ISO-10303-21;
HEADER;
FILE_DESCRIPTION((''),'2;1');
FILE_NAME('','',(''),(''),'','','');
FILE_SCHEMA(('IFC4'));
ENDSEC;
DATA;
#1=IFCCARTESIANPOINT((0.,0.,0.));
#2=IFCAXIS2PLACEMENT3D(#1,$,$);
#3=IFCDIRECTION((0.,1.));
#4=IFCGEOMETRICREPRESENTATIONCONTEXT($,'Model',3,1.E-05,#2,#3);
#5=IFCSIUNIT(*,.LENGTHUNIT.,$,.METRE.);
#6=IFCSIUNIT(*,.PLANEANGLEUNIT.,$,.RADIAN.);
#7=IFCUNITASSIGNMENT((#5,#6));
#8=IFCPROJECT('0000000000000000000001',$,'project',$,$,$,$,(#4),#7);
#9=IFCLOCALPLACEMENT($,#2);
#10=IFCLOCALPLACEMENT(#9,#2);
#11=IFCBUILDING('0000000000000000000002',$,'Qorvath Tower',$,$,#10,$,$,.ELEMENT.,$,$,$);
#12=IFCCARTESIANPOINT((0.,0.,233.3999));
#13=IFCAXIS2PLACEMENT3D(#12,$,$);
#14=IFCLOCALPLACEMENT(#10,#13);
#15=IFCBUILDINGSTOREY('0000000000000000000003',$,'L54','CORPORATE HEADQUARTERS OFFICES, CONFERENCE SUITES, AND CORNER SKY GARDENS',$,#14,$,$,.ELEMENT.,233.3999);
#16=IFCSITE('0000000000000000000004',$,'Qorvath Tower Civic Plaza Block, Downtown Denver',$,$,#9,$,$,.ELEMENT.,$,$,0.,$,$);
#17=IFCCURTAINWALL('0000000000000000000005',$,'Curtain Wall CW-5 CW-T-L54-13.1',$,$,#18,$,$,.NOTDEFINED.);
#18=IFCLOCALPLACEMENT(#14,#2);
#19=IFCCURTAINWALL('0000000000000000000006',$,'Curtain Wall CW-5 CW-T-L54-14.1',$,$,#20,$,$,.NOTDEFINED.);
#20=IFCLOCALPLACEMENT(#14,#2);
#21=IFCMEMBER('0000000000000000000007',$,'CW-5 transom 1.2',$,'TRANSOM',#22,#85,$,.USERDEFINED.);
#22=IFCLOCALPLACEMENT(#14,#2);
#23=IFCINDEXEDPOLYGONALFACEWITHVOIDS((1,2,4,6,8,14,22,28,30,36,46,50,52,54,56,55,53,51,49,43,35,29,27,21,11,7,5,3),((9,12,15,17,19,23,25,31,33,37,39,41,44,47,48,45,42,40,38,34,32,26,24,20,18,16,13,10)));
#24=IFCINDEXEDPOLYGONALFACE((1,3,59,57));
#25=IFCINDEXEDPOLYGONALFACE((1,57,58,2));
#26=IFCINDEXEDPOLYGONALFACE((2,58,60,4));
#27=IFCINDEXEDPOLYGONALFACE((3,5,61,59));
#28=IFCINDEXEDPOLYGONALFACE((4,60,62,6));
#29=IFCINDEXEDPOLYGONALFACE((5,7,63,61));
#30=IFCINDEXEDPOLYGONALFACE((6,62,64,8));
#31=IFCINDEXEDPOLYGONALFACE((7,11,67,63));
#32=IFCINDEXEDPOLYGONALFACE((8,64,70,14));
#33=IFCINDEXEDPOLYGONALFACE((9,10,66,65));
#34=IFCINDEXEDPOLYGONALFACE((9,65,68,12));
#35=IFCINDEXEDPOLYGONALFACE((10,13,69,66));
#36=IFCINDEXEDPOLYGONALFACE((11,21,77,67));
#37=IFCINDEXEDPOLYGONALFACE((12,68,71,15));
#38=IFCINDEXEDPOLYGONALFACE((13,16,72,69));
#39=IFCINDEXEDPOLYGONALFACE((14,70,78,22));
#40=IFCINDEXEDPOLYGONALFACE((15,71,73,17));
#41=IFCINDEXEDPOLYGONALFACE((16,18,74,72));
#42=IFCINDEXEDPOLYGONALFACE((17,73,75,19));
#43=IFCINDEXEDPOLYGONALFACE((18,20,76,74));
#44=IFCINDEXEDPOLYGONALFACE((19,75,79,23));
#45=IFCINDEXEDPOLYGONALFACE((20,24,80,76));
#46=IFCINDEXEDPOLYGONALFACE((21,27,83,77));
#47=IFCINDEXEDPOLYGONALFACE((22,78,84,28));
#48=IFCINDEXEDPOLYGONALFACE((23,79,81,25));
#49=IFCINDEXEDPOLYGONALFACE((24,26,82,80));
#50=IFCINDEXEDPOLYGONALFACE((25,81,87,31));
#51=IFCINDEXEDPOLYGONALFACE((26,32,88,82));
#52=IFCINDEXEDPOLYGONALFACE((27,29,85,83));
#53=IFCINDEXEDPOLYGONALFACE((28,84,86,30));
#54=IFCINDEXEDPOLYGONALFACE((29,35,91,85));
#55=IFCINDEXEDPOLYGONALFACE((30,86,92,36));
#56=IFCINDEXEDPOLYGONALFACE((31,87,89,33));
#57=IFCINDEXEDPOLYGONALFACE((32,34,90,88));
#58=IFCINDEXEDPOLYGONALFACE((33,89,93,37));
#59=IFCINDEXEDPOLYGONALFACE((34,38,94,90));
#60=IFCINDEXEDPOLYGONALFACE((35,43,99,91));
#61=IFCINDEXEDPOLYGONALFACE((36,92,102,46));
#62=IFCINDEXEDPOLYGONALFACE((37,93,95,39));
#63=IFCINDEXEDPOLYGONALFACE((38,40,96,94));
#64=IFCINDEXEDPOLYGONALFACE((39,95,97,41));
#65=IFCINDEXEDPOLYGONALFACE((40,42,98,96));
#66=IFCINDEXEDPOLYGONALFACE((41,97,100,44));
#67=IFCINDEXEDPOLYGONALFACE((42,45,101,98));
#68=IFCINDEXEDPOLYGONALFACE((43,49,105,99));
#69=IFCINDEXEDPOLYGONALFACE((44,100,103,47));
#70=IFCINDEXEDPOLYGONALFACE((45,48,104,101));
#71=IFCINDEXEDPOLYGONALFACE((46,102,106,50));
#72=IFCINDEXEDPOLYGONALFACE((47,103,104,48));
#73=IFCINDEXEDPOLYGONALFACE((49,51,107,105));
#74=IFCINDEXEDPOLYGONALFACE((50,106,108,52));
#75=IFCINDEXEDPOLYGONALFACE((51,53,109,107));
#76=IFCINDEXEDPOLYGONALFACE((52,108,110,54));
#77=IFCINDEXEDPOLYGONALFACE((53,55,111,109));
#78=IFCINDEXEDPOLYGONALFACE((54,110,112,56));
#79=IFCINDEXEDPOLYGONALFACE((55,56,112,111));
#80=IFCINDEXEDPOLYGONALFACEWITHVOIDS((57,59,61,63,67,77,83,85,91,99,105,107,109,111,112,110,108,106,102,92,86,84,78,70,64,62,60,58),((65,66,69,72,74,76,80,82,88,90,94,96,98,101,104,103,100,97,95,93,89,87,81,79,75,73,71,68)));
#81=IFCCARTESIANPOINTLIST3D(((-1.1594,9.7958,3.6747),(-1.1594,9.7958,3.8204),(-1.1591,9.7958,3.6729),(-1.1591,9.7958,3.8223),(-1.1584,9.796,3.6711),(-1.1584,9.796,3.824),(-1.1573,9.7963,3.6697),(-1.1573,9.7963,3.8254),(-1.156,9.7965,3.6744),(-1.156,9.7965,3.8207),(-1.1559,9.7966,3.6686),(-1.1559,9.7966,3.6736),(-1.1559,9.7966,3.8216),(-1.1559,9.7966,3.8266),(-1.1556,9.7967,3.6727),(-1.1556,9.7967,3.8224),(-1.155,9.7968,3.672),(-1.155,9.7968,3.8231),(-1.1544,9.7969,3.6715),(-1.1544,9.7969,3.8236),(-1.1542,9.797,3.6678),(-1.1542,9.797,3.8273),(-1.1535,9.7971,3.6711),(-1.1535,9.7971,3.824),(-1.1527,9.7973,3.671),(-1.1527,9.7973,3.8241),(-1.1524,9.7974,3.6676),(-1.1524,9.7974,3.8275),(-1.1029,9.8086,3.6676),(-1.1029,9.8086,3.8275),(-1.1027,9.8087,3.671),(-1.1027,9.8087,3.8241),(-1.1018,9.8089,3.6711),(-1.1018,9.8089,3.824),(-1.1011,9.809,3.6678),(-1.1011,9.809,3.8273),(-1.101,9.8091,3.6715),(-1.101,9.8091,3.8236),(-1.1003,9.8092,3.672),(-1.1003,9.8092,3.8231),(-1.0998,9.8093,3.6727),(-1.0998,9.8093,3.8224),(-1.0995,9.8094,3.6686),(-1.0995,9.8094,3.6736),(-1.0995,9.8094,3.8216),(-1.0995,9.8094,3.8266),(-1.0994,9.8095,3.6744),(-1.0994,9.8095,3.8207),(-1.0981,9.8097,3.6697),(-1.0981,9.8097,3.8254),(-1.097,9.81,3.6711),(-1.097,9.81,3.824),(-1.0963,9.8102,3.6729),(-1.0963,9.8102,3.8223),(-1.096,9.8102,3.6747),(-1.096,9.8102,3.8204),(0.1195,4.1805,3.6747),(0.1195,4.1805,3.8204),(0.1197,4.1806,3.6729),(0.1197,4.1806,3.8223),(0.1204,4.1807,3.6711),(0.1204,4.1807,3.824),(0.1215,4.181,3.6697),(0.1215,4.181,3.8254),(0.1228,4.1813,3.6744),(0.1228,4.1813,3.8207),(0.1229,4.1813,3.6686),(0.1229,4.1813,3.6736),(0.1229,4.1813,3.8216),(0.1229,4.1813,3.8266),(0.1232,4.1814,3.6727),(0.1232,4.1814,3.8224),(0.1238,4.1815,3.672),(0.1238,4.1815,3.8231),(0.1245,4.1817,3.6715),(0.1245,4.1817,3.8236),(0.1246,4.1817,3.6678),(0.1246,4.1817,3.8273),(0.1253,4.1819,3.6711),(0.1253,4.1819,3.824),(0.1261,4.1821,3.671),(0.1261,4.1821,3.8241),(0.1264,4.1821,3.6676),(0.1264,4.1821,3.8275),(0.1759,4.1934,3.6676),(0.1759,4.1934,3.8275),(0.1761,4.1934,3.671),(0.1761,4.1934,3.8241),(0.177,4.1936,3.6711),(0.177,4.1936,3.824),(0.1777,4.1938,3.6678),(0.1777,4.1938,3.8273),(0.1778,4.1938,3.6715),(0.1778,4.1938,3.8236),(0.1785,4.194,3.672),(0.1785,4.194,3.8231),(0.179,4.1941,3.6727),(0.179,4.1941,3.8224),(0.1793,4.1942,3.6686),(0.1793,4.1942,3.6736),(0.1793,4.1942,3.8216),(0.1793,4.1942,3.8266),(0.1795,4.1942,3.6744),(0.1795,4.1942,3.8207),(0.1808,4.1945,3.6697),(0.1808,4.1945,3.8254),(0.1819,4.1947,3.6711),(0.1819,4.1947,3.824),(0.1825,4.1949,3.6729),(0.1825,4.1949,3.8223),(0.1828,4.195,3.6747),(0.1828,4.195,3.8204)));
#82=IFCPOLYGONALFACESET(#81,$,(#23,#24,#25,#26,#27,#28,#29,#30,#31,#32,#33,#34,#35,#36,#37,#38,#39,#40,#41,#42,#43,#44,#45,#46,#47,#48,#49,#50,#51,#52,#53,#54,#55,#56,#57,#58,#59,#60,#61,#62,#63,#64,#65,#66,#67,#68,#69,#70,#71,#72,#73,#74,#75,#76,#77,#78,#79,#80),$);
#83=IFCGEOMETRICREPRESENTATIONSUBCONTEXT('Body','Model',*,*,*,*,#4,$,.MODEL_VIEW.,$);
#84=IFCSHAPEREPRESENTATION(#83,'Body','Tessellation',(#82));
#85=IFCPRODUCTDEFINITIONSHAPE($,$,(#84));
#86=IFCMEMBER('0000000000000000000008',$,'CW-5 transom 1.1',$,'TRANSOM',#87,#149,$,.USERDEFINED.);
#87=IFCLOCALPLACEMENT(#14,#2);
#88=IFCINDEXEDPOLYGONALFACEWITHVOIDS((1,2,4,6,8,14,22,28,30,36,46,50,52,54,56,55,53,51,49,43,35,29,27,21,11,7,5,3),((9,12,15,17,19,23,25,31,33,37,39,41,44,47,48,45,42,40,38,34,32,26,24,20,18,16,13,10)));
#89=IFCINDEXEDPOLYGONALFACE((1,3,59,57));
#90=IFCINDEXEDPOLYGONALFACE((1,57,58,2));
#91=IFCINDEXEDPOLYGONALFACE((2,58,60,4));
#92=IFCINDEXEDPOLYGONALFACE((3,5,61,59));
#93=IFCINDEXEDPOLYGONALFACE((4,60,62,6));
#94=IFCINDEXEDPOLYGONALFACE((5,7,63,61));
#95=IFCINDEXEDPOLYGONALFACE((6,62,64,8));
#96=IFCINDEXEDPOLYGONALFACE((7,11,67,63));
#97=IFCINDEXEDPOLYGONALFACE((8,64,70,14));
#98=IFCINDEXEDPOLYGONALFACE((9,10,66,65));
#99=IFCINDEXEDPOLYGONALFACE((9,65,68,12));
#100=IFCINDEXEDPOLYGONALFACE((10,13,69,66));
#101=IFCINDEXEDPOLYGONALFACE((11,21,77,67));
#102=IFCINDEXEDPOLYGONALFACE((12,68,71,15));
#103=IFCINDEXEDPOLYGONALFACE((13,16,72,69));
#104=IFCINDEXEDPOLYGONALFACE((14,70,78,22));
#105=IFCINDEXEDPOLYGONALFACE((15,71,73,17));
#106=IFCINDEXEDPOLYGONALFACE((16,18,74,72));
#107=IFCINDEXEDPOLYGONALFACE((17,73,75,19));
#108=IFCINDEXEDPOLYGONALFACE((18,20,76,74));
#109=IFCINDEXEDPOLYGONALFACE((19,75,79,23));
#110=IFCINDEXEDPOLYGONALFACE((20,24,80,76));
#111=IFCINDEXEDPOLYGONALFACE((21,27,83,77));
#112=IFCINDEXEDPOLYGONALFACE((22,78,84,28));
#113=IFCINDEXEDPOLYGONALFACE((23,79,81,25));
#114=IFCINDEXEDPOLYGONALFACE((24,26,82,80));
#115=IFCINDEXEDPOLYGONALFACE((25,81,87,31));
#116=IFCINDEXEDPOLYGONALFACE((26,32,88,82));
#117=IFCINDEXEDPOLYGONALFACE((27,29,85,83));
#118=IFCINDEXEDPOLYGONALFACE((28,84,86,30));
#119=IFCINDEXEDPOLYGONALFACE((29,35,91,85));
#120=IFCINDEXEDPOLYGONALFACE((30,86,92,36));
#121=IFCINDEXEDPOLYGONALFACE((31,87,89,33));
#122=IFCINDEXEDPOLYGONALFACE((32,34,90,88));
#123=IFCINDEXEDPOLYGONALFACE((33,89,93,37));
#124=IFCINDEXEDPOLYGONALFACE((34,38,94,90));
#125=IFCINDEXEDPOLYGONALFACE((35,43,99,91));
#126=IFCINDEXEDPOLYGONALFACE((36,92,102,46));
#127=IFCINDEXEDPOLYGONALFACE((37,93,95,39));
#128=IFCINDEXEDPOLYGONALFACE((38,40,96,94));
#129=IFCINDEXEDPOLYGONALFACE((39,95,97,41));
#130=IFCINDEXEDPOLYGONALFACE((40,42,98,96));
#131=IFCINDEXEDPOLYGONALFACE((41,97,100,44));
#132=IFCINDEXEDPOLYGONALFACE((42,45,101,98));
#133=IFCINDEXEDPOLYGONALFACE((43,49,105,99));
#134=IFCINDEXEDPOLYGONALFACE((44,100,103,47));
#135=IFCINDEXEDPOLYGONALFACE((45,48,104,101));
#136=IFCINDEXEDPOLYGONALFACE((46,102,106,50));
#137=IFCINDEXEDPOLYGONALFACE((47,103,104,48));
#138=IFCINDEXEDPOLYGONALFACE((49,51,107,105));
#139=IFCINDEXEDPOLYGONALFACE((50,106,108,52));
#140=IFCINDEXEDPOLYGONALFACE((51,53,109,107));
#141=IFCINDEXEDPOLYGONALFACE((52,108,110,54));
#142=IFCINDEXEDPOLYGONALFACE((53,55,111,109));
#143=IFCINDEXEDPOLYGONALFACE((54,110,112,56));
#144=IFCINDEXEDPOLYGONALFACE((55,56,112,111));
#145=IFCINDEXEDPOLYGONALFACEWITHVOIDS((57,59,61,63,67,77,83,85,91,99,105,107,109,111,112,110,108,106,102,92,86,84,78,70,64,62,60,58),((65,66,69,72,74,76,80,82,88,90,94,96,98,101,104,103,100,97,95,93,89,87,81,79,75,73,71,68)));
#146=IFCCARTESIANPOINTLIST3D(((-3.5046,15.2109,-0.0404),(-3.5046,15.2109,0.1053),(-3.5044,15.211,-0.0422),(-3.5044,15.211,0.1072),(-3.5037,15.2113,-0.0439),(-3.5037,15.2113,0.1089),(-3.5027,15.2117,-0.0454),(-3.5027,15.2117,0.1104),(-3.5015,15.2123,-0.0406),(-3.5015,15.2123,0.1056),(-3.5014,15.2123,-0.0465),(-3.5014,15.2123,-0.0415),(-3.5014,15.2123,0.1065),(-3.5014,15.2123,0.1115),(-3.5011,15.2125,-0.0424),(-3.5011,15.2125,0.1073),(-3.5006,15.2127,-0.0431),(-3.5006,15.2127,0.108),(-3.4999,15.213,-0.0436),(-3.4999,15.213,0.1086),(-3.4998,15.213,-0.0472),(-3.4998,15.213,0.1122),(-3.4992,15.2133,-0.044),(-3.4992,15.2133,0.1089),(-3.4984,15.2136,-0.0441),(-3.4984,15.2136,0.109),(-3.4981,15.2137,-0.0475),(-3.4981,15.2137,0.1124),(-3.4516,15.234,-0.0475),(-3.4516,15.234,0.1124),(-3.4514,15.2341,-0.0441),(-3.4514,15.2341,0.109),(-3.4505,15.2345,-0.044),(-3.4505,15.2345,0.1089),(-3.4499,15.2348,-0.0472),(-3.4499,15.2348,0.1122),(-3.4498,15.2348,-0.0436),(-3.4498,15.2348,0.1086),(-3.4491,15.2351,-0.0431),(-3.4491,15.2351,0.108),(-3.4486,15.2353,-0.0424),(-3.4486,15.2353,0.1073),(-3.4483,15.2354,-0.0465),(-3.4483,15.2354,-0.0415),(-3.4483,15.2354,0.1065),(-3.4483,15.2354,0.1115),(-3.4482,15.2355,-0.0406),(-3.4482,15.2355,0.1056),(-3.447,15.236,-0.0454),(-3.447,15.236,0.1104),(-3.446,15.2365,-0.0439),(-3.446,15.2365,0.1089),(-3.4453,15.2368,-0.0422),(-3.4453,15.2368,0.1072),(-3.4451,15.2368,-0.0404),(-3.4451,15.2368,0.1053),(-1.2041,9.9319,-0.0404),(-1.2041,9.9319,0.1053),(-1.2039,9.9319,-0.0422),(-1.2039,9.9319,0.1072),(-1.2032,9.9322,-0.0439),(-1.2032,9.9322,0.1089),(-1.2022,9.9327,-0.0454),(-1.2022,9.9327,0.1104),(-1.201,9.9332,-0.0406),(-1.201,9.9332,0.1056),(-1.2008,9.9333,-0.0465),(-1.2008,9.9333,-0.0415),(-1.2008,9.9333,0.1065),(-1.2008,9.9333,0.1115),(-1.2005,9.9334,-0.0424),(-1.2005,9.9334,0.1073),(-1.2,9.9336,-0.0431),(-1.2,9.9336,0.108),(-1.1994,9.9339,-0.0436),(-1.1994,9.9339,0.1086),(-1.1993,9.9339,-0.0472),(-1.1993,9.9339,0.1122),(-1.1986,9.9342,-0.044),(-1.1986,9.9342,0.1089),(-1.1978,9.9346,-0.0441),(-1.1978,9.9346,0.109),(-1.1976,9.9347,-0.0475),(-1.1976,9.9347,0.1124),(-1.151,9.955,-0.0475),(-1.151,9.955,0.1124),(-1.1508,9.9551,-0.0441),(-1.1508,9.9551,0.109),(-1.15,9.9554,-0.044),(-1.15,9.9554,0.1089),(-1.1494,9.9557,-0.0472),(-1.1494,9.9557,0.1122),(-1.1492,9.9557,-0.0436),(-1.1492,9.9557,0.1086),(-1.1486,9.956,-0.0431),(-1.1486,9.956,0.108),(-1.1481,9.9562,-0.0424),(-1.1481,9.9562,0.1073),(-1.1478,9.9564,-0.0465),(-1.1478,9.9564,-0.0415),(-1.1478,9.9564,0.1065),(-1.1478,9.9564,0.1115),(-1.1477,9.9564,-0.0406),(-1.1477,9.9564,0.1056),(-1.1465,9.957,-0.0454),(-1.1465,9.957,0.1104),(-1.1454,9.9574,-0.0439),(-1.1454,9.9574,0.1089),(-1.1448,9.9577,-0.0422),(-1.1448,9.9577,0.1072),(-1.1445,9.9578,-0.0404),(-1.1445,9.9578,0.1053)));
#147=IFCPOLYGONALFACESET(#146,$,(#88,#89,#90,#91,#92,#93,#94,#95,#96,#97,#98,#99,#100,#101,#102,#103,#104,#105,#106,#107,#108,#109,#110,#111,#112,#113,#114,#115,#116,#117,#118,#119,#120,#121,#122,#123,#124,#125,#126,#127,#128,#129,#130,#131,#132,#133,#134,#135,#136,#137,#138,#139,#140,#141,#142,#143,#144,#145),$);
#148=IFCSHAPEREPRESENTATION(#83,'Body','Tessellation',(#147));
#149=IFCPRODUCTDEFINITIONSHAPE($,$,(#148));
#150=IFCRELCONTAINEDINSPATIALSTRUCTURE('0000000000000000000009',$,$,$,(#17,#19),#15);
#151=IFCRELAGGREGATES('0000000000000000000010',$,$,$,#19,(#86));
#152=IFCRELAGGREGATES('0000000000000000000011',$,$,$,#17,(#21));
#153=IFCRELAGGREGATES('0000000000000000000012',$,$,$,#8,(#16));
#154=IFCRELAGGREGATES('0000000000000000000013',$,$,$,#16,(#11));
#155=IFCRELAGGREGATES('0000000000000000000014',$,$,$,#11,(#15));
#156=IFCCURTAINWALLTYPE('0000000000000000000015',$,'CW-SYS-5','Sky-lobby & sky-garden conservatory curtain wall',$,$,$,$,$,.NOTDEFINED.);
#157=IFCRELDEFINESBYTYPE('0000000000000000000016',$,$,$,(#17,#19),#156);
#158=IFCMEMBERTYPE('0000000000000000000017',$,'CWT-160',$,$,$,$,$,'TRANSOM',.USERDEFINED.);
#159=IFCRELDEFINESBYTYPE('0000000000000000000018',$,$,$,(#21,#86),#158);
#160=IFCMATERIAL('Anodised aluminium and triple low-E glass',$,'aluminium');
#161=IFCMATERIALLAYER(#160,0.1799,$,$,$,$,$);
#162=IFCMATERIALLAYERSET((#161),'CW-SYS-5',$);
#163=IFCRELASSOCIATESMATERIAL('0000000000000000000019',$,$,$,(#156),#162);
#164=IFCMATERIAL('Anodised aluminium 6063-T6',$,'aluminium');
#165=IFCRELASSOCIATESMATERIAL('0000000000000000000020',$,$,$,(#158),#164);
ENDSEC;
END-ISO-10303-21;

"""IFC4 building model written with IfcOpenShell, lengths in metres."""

from ifc_helpers import new_model, si_unit, direction, frame, origin, origin_2d, place, context, subcontext, project, spatial, hollow_rectangle, extrude, material, layer, layer_set, material_profile, profile_set, type_object, element, aggregate, save


model = new_model("IFC4")

# Units and contexts
model_context = context("Model", 3, precision=1e-05, world=origin(), true_north=direction((0.0, 1.0)))
body_context = subcontext(model_context, "Body", "Model", "MODEL_VIEW")
ifc_project = project(units=[si_unit("LENGTHUNIT", "METRE"), si_unit("PLANEANGLEUNIT", "RADIAN")], contexts=[model_context])

# Site, building, storey
site_placement = place(None, origin())
site = spatial("IfcSite", under=ifc_project, at=site_placement, Name="Qorvath Tower Civic Plaza Block, Downtown Denver", CompositionType="ELEMENT", RefElevation=0.0)
building_placement = place(site_placement, origin())
building = spatial("IfcBuilding", under=site, at=building_placement, Name="Qorvath Tower", CompositionType="ELEMENT")
storey_placement = place(building_placement, frame((0.0, 0.0, 233.3999)))
storey = spatial("IfcBuildingStorey", under=building, at=storey_placement, Name="L54", Description="CORPORATE HEADQUARTERS OFFICES, CONFERENCE SUITES, AND CORNER SKY GARDENS", CompositionType="ELEMENT", Elevation=233.3999)

# Shared definitions
ifc_material_1 = material(Name="Anodised aluminium and triple low-E glass", Category="aluminium")
ifc_layer_1 = layer(ifc_material_1, 0.1799)
ifc_layer_set_1 = layer_set([ifc_layer_1], Name="CW-SYS-5")
curtain_wall_type = type_object("IfcCurtainWallType", Name="CW-SYS-5", Description="Sky-lobby & sky-garden conservatory curtain wall", PredefinedType="NOTDEFINED", material=ifc_layer_set_1)

# Curtain wall
curtain_wall_1_placement = place(storey_placement, origin())
curtain_wall_1 = element("IfcCurtainWall", 1, at=curtain_wall_1_placement, inside=storey, type_object=curtain_wall_type, Name="Curtain Wall CW-5 CW-T-L54-13.1", PredefinedType="NOTDEFINED")

# Curtain wall
curtain_wall_2_placement = place(storey_placement, origin())
curtain_wall_2 = element("IfcCurtainWall", 2, at=curtain_wall_2_placement, inside=storey, type_object=curtain_wall_type, Name="Curtain Wall CW-5 CW-T-L54-14.1", PredefinedType="NOTDEFINED")

# Members
ifc_material_2 = material(Name="Anodised aluminium 6063-T6", Category="aluminium")
ifc_material_profile_1 = material_profile(ifc_material_2, hollow_rectangle(XDim=0.0649, YDim=0.1599, WallThickness=0.0034, InnerFilletRadius=0.0034, OuterFilletRadius=0.0071, at=origin_2d()), Name="CWT 160x65")
ifc_profile_set_1 = profile_set([ifc_material_profile_1], Name="Anodised aluminium 6063-T6")
member_type_1 = type_object("IfcMemberType", Name="CWT-160", ElementType="TRANSOM", PredefinedType="USERDEFINED", material=ifc_profile_set_1)
member_1_placement = place(storey_placement, frame((0.1511, 4.1877, 3.7476), z_axis=(-0.222054, 0.975034, 0.0), x_axis=(-0.975034, -0.222054, 0.0)))
member_1 = element("IfcMember", 3, at=member_1_placement, type_object=member_type_1, Name="CW-5 transom 1.2", ObjectType="TRANSOM", PredefinedType="USERDEFINED", context=body_context, shape_type="SweptSolid", body=[
    extrude(hollow_rectangle(XDim=0.0649, YDim=0.1599, WallThickness=0.0034, InnerFilletRadius=0.0034, OuterFilletRadius=0.0071, at=origin_2d()), origin(), (0.0, 0.0, 1.0), 5.759),
])
member_2_placement = place(storey_placement, frame((-1.1743, 9.9448, 0.0325), z_axis=(-0.3995, 0.916733, 0.0), x_axis=(-0.916733, -0.3995, 0.0)))
member_2 = element("IfcMember", 4, at=member_2_placement, type_object=member_type_1, Name="CW-5 transom 1.1", ObjectType="TRANSOM", PredefinedType="USERDEFINED", context=body_context, shape_type="SweptSolid", body=[
    extrude(hollow_rectangle(XDim=0.0649, YDim=0.1599, WallThickness=0.0034, InnerFilletRadius=0.0034, OuterFilletRadius=0.0071, at=origin_2d()), origin(), (0.0, 0.0, 1.0), 5.7585),
])
aggregate(curtain_wall_2, [member_2])

aggregate(curtain_wall_1, [member_1])

save(model, "model.ifc")
